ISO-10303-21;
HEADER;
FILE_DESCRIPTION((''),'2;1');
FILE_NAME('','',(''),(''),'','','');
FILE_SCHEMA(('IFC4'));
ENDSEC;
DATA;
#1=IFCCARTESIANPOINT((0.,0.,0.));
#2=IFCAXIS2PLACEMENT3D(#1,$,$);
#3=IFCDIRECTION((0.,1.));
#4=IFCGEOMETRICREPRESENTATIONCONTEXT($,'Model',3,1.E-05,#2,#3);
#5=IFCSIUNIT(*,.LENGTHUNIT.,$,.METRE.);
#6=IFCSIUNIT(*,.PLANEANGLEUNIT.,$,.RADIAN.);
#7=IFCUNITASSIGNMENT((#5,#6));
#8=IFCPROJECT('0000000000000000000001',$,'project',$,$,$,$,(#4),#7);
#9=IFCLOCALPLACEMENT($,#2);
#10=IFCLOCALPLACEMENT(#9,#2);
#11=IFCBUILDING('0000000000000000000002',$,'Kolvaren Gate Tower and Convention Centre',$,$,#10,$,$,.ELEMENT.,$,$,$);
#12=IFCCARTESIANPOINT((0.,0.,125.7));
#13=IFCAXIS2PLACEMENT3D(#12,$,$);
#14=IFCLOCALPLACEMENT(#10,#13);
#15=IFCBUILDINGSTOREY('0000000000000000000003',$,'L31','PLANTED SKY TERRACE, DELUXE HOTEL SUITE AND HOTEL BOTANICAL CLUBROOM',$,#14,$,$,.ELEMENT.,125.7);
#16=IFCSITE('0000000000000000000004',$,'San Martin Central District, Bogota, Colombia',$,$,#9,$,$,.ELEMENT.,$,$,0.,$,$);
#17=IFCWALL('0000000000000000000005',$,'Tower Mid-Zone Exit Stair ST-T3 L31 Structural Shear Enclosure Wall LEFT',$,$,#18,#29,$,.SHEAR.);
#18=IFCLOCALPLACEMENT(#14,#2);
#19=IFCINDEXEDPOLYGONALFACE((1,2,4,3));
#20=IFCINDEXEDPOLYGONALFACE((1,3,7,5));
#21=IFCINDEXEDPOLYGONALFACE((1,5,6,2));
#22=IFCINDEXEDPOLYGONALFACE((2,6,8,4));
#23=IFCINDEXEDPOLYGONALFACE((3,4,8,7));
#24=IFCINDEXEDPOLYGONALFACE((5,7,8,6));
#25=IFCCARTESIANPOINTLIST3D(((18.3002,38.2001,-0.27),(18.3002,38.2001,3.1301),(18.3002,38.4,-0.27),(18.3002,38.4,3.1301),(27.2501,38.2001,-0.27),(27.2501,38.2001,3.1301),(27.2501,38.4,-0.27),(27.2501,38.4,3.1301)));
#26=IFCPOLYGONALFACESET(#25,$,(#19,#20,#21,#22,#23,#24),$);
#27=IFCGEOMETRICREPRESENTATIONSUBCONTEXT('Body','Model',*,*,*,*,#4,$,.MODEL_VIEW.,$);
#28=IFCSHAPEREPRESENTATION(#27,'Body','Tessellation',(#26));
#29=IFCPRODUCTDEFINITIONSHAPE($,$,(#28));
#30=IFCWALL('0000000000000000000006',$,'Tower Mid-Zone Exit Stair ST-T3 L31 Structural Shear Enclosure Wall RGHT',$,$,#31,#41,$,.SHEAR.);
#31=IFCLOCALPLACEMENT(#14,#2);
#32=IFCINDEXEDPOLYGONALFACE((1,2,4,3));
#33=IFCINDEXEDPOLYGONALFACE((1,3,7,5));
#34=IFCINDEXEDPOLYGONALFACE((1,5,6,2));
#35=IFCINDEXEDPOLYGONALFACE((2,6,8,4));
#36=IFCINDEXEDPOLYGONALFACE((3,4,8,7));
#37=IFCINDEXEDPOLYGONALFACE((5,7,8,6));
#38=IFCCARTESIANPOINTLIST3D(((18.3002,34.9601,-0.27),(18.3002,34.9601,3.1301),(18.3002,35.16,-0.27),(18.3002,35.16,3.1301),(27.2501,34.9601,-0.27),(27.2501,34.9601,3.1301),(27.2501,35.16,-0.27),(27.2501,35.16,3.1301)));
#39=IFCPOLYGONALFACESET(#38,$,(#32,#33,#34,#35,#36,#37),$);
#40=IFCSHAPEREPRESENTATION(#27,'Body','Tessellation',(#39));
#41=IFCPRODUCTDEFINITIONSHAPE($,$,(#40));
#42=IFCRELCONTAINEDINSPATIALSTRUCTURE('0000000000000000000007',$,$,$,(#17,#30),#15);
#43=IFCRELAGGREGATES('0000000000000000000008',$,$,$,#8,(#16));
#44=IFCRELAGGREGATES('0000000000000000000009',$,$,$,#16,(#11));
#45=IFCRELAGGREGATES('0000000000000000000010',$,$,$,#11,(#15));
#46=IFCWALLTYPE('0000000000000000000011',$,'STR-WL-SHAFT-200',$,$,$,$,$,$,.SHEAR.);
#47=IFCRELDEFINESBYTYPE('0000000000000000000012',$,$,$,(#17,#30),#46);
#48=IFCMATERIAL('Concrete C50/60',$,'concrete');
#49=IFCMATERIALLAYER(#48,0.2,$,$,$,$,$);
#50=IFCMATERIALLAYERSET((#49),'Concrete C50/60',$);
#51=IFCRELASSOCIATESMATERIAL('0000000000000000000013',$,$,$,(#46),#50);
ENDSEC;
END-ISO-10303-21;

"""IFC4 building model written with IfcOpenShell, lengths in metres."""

from ifc_helpers import new_model, si_unit, direction, frame, frame_2d, origin, place, context, subcontext, project, spatial, rectangle, extrude, material, layer, layer_set, type_object, element, save


model = new_model("IFC4")

# Units and contexts
model_context = context("Model", 3, precision=1e-05, world=origin(), true_north=direction((0.0, 1.0)))
body_context = subcontext(model_context, "Body", "Model", "MODEL_VIEW")
ifc_project = project(units=[si_unit("LENGTHUNIT", "METRE"), si_unit("PLANEANGLEUNIT", "RADIAN")], contexts=[model_context])

# Site, building, storey
site_placement = place(None, origin())
site = spatial("IfcSite", under=ifc_project, at=site_placement, Name="San Martin Central District, Bogota, Colombia", CompositionType="ELEMENT", RefElevation=0.0)
building_placement = place(site_placement, origin())
building = spatial("IfcBuilding", under=site, at=building_placement, Name="Kolvaren Gate Tower and Convention Centre", CompositionType="ELEMENT")
storey_placement = place(building_placement, frame((0.0, 0.0, 125.7)))
storey = spatial("IfcBuildingStorey", under=building, at=storey_placement, Name="L31", Description="PLANTED SKY TERRACE, DELUXE HOTEL SUITE AND HOTEL BOTANICAL CLUBROOM", CompositionType="ELEMENT", Elevation=125.7)

# Walls
ifc_material_1 = material(Name="Concrete C50/60", Category="concrete")
ifc_layer_1 = layer(ifc_material_1, 0.2)
ifc_layer_set_1 = layer_set([ifc_layer_1], Name="Concrete C50/60")
wall_type_1 = type_object("IfcWallType", Name="STR-WL-SHAFT-200", PredefinedType="SHEAR", material=ifc_layer_set_1)
for number, where, z_axis, x_axis, name in (
    (1, (18.3, 38.3, -0.27), (0.0, 0.0, 1.0), (1.0, 0.0, 0.0), "Tower Mid-Zone Exit Stair ST-T3 L31 Structural Shear Enclosure Wall LEFT"),
    (2, (18.3, 35.0601, -0.27), (0.0, 0.0, 1.0), (1.0, 0.0, 0.0), "Tower Mid-Zone Exit Stair ST-T3 L31 Structural Shear Enclosure Wall RGHT"),
):
    element("IfcWall", number, at=place(storey_placement, frame(where, z_axis=z_axis, x_axis=x_axis)), inside=storey, type_object=wall_type_1, Name=name, PredefinedType="SHEAR", context=body_context, shape_type="SweptSolid", body=[
        extrude(rectangle(XDim=8.95, YDim=0.2, at=frame_2d((4.4751, 0.0))), origin(), (0.0, 0.0, 1.0), 3.4001),
    ])

save(model, "model.ifc")
